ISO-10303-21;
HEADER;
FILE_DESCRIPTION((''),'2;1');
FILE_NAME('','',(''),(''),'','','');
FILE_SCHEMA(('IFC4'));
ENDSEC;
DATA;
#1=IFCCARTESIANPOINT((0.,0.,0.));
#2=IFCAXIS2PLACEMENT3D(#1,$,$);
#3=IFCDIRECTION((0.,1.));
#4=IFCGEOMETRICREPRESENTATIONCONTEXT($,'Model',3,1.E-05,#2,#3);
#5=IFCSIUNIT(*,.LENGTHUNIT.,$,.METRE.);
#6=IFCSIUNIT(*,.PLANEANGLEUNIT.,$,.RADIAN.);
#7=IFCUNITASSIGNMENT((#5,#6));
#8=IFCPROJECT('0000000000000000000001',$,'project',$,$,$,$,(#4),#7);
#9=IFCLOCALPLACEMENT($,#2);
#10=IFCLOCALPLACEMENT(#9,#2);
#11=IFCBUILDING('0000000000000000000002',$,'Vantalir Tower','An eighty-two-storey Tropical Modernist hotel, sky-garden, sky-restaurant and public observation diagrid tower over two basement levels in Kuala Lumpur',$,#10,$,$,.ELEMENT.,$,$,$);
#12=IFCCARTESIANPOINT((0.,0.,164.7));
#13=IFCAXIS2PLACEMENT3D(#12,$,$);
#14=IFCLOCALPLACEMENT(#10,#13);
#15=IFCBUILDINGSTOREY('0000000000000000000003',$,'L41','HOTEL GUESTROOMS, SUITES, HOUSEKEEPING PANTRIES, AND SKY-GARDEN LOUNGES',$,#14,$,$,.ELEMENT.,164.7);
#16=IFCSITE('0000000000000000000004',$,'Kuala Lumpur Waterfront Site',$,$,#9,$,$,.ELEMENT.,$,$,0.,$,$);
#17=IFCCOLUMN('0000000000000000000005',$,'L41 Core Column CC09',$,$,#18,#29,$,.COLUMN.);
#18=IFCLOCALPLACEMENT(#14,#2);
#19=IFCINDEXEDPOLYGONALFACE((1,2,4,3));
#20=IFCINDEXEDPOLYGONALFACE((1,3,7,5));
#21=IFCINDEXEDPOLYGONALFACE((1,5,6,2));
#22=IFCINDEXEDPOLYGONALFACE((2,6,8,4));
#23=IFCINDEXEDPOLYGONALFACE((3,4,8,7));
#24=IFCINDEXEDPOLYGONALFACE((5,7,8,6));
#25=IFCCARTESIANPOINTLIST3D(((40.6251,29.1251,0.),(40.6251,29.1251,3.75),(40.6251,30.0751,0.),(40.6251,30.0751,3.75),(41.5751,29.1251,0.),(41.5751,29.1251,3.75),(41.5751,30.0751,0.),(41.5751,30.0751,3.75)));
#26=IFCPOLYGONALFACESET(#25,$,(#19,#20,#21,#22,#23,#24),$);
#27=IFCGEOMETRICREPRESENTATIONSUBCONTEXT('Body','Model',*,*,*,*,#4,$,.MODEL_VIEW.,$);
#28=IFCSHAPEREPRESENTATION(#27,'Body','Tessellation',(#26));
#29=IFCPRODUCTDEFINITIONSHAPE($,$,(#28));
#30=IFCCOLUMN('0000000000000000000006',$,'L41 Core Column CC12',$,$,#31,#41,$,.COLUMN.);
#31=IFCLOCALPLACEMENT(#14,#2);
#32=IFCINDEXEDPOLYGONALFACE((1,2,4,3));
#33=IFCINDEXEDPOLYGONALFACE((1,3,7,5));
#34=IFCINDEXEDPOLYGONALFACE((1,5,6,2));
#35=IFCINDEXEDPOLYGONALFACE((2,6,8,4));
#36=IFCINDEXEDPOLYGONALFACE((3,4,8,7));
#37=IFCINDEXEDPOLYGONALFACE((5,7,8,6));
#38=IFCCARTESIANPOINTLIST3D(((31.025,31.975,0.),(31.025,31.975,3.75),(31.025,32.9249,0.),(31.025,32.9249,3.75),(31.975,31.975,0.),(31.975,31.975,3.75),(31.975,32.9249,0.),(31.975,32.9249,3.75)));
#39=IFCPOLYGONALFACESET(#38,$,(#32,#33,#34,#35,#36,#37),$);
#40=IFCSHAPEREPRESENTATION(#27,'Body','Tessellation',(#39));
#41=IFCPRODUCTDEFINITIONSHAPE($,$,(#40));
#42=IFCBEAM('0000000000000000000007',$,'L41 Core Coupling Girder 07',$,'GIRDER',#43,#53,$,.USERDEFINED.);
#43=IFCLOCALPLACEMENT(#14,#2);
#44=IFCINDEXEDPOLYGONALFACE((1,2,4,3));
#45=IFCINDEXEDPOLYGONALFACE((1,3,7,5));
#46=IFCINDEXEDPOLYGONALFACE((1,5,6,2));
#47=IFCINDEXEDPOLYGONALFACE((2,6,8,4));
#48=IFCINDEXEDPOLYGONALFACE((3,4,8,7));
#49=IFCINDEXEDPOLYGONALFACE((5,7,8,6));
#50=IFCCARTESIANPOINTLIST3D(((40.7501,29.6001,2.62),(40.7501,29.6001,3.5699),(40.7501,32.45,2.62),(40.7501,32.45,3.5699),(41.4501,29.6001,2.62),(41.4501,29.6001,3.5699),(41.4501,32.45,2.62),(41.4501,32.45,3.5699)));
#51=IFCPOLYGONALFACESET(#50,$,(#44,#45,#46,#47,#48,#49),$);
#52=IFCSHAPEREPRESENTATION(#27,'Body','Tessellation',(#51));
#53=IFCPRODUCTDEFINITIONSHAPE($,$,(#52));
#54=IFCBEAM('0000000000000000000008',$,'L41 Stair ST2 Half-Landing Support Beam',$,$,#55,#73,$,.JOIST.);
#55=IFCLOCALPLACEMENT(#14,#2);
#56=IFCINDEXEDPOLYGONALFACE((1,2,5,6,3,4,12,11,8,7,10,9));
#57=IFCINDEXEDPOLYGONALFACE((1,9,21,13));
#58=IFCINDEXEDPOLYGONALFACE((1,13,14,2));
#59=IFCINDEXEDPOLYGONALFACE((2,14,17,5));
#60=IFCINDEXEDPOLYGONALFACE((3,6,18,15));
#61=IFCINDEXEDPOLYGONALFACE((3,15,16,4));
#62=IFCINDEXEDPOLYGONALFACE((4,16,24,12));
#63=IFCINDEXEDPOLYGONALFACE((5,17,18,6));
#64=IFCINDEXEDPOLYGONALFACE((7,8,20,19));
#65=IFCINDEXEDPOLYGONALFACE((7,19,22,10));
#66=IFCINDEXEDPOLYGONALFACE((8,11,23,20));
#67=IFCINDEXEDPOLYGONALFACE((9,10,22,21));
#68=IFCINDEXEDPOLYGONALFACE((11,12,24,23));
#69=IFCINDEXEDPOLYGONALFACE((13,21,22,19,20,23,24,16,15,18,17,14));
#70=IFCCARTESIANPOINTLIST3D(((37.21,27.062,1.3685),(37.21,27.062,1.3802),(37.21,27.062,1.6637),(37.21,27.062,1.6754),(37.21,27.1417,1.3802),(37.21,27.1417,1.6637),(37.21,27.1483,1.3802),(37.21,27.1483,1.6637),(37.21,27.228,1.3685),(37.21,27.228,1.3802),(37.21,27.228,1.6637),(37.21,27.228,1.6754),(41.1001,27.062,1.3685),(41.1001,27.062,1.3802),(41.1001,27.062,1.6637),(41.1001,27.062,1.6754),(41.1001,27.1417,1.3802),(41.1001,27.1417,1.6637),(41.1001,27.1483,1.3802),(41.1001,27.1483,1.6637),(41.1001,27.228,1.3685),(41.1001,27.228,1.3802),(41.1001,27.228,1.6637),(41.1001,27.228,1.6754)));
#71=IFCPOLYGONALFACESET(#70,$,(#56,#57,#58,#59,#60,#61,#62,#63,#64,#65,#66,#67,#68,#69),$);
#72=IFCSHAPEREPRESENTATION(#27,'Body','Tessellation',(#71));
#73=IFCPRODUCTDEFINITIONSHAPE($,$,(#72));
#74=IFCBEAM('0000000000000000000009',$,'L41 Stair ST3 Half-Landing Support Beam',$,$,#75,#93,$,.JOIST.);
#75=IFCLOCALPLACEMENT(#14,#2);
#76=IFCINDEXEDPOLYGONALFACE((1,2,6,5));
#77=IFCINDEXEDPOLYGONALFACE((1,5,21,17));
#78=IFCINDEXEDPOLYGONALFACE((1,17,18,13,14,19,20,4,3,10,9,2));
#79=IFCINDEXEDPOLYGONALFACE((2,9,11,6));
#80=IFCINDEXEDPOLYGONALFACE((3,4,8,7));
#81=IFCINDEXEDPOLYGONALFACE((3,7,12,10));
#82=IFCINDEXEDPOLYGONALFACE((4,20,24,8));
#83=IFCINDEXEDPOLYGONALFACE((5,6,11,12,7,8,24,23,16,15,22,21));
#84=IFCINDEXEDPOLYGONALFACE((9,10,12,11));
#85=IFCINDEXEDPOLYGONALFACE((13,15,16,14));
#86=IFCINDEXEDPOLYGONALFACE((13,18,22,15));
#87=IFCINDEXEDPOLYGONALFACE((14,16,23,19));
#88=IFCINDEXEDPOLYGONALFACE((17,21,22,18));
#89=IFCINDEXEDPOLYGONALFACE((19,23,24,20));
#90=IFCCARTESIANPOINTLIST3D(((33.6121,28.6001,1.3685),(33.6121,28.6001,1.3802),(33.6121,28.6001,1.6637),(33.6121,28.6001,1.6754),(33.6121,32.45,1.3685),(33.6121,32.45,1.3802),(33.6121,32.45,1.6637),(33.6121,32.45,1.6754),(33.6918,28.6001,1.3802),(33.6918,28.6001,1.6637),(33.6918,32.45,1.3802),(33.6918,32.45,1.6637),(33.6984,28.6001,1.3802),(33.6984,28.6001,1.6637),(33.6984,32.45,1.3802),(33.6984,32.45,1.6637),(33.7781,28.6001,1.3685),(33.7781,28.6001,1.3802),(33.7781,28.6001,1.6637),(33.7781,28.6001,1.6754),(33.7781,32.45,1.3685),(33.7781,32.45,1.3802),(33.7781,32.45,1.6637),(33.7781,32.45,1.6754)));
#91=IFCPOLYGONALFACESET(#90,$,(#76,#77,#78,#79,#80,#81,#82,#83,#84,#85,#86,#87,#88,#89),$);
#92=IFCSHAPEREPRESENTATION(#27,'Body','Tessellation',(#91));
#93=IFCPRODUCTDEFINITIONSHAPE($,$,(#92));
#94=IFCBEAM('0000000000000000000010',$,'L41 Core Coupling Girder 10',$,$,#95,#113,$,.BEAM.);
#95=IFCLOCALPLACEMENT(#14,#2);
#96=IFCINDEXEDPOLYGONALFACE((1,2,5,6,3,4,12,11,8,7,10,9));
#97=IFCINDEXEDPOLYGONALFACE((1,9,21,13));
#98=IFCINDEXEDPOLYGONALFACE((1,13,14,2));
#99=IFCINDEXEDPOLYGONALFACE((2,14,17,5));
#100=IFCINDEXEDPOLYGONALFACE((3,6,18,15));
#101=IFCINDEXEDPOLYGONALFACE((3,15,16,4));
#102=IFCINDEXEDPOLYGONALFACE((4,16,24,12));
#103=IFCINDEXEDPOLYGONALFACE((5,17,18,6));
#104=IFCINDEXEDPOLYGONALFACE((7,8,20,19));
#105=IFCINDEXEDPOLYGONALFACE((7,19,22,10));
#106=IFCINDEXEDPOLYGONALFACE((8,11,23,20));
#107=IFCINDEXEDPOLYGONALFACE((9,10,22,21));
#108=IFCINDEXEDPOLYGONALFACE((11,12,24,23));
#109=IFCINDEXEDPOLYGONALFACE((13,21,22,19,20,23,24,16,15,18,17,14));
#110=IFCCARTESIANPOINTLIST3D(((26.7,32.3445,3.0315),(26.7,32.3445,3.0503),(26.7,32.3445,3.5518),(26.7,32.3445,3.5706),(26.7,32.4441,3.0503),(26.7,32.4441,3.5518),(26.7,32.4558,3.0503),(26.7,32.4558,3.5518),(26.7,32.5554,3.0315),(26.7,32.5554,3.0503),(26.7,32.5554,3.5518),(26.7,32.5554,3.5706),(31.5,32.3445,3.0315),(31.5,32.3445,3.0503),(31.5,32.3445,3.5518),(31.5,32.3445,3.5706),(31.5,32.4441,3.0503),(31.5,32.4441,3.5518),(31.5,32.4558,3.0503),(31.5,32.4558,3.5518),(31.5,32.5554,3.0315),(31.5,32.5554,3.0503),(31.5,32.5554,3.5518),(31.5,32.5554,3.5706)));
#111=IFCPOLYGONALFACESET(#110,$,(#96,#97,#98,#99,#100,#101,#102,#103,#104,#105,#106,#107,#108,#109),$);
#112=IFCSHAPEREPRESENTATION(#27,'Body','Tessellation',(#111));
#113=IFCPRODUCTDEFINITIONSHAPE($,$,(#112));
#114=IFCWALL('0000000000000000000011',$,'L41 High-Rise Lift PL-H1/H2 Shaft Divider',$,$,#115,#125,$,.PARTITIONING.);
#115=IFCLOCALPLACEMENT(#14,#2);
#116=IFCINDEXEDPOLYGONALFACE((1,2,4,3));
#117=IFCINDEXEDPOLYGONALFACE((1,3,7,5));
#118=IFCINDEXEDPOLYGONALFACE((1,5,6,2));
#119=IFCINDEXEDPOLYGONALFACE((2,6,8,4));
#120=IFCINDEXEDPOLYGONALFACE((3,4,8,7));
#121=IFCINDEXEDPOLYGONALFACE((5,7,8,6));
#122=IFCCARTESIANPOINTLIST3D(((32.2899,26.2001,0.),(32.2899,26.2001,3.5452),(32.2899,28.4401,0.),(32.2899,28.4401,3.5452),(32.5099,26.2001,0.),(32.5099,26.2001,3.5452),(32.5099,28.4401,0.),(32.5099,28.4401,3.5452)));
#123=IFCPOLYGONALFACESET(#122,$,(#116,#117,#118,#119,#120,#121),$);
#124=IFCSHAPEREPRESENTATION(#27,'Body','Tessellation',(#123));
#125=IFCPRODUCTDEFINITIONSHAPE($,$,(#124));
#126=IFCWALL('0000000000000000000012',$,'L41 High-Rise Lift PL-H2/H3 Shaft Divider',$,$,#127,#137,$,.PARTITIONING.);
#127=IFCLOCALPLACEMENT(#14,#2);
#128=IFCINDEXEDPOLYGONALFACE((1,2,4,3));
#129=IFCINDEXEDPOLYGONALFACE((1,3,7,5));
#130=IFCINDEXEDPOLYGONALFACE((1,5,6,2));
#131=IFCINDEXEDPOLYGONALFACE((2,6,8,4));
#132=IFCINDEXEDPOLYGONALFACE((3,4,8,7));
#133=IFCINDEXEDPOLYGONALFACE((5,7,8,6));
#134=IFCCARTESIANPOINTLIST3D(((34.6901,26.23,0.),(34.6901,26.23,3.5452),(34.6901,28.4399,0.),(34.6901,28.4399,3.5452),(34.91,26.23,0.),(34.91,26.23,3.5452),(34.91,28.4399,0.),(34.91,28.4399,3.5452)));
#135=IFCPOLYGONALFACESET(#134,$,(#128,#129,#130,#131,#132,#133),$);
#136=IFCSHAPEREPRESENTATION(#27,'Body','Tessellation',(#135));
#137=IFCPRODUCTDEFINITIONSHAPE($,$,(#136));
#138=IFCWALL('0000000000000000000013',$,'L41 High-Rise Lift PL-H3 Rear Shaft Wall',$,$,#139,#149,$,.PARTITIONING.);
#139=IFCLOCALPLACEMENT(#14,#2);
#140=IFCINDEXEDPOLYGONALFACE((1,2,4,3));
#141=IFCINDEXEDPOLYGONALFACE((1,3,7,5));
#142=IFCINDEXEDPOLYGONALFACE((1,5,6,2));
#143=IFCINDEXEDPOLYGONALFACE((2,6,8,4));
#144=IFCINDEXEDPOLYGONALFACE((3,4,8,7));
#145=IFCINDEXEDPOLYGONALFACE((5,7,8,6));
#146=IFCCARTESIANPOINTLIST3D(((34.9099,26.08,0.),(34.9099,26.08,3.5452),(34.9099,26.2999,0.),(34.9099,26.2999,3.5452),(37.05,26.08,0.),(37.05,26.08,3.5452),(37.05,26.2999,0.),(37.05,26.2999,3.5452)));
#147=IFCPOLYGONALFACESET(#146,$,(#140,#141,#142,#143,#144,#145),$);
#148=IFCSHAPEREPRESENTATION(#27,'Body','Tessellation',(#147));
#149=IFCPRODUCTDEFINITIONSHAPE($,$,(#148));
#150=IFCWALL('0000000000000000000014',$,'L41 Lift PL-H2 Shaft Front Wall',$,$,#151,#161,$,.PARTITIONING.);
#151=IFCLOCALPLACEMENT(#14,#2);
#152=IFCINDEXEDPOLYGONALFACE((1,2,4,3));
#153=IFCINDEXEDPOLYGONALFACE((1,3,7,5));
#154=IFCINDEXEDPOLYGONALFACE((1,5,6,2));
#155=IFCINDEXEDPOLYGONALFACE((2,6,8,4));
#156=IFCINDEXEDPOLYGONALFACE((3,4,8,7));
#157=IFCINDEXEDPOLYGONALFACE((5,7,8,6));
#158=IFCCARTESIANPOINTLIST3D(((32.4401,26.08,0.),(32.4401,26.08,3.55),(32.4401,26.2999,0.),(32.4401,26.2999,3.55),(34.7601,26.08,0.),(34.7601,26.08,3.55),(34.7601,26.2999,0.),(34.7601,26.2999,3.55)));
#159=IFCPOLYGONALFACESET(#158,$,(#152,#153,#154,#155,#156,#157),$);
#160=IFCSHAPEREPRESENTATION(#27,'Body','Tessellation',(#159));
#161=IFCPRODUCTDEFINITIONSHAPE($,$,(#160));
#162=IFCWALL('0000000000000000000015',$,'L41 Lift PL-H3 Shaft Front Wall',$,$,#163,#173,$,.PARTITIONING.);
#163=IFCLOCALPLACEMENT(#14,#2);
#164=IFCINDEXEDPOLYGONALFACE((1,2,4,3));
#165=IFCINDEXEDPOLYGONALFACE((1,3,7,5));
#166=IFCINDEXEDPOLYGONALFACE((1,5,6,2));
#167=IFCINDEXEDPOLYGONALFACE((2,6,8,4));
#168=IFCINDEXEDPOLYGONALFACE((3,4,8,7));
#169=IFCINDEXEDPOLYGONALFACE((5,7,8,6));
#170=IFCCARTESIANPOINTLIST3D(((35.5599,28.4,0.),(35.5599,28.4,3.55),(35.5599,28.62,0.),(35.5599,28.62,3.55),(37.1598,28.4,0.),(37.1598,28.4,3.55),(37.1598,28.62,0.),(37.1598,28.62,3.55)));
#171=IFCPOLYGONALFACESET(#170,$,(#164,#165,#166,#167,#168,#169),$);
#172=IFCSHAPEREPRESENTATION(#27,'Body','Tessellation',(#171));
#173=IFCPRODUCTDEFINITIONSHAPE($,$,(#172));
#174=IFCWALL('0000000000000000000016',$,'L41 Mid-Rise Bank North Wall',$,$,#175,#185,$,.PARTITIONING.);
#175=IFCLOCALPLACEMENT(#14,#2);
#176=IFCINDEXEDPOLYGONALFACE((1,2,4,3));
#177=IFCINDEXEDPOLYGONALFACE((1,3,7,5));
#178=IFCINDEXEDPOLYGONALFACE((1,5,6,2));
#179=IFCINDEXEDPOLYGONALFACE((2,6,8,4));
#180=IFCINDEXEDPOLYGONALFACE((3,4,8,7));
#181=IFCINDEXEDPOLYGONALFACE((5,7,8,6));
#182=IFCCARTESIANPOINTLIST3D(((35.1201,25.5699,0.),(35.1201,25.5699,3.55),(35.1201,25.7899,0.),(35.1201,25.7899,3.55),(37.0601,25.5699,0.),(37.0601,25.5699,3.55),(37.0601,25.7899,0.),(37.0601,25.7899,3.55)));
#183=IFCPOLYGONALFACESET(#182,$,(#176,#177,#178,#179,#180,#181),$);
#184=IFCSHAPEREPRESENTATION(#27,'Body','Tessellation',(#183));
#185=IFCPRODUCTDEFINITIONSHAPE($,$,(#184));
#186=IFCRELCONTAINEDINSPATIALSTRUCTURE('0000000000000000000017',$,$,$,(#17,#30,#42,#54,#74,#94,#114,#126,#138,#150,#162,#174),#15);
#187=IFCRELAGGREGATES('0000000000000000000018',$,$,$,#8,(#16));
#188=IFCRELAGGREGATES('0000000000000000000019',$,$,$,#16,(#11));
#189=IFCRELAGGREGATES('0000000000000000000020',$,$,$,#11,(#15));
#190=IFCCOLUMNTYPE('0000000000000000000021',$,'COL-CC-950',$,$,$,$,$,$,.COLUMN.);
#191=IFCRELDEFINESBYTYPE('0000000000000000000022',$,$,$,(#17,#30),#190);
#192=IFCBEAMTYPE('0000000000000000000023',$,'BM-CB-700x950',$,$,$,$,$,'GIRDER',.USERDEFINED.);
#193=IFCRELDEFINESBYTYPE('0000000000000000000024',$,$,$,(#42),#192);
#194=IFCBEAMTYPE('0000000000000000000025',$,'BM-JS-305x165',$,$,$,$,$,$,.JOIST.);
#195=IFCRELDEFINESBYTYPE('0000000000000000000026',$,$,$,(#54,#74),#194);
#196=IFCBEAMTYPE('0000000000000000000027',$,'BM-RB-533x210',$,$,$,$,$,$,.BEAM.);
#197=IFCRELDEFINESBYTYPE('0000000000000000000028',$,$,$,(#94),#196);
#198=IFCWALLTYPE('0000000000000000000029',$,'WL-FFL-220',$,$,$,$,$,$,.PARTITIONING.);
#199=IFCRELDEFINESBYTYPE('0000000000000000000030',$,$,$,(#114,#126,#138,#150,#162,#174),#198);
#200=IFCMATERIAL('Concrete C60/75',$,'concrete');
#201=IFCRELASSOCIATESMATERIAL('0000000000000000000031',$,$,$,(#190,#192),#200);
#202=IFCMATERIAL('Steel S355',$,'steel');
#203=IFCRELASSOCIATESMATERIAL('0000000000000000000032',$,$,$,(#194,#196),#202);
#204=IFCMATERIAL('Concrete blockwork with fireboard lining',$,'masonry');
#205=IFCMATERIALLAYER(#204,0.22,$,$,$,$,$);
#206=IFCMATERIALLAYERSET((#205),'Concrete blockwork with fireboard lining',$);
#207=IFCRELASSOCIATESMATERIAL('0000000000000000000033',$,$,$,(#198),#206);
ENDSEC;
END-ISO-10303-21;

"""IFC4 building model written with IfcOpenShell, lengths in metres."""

from ifc_helpers import new_model, si_unit, direction, frame, frame_2d, origin, origin_2d, place, context, subcontext, project, spatial, rectangle, i_section, extrude, material, layer, layer_set, material_profile, profile_set, type_object, element, save


model = new_model("IFC4")

# Units and contexts
model_context = context("Model", 3, precision=1e-05, world=origin(), true_north=direction((0.0, 1.0)))
body_context = subcontext(model_context, "Body", "Model", "MODEL_VIEW")
ifc_project = project(units=[si_unit("LENGTHUNIT", "METRE"), si_unit("PLANEANGLEUNIT", "RADIAN")], contexts=[model_context])

# Site, building, storey
site_placement = place(None, origin())
site = spatial("IfcSite", under=ifc_project, at=site_placement, Name="Kuala Lumpur Waterfront Site", CompositionType="ELEMENT", RefElevation=0.0)
building_placement = place(site_placement, origin())
building = spatial("IfcBuilding", under=site, at=building_placement, Name="Vantalir Tower", Description="An eighty-two-storey Tropical Modernist hotel, sky-garden, sky-restaurant and public observation diagrid tower over two basement levels in Kuala Lumpur", CompositionType="ELEMENT")
storey_placement = place(building_placement, frame((0.0, 0.0, 164.7)))
storey = spatial("IfcBuildingStorey", under=building, at=storey_placement, Name="L41", Description="HOTEL GUESTROOMS, SUITES, HOUSEKEEPING PANTRIES, AND SKY-GARDEN LOUNGES", CompositionType="ELEMENT", Elevation=164.7)

# Columns
ifc_material_1 = material(Name="Concrete C60/75", Category="concrete")
ifc_material_profile_1 = material_profile(ifc_material_1, rectangle(XDim=0.95, YDim=0.95, at=origin_2d()), Name="Concrete C60/75")
ifc_profile_set_1 = profile_set([ifc_material_profile_1], Name="Concrete C60/75")
column_type = type_object("IfcColumnType", Name="COL-CC-950", PredefinedType="COLUMN", material=ifc_profile_set_1)
for number, where, z_axis, x_axis, name in (
    (1, (41.1001, 29.6001, 0.0), (0.0, 0.0, 1.0), (1.0, 0.0, 0.0), "L41 Core Column CC09"),
    (2, (31.5, 32.45, 0.0), (0.0, 0.0, 1.0), (1.0, 0.0, 0.0), "L41 Core Column CC12"),
):
    element("IfcColumn", number, at=place(storey_placement, frame(where, z_axis=z_axis, x_axis=x_axis)), inside=storey, type_object=column_type, Name=name, PredefinedType="COLUMN", context=body_context, shape_type="SweptSolid", body=[
        extrude(rectangle(XDim=0.95, YDim=0.95, at=origin_2d()), origin(), (0.0, 0.0, 1.0), 3.75),
    ])

# Beams
ifc_material_profile_2 = material_profile(ifc_material_1, rectangle(XDim=0.7, YDim=0.95, at=origin_2d()), Name="Concrete C60/75")
ifc_profile_set_2 = profile_set([ifc_material_profile_2], Name="Concrete C60/75")
beam_type_1 = type_object("IfcBeamType", Name="BM-CB-700x950", ElementType="GIRDER", PredefinedType="USERDEFINED", material=ifc_profile_set_2)
beam_1_placement = place(storey_placement, frame((41.1001, 29.6001, 3.095), z_axis=(0.0, 1.0, 0.0), x_axis=(-1.0, 0.0, 0.0)))
element("IfcBeam", 3, at=beam_1_placement, inside=storey, type_object=beam_type_1, Name="L41 Core Coupling Girder 07", ObjectType="GIRDER", PredefinedType="USERDEFINED", context=body_context, shape_type="SweptSolid", body=[
    extrude(rectangle(XDim=0.7, YDim=0.95, at=origin_2d()), origin(), (0.0, 0.0, 1.0), 2.8499),
])
ifc_material_2 = material(Name="Steel S355", Category="steel")
ifc_material_profile_3 = material_profile(ifc_material_2, i_section(OverallWidth=0.166, OverallDepth=0.3069, WebThickness=0.0066, FlangeThickness=0.0117, at=origin_2d()), Name="Steel S355")
ifc_profile_set_3 = profile_set([ifc_material_profile_3], Name="Steel S355")
beam_type_2 = type_object("IfcBeamType", Name="BM-JS-305x165", PredefinedType="JOIST", material=ifc_profile_set_3)
beam_2_placement = place(storey_placement, frame((37.21, 27.145, 1.522), z_axis=(1.0, 0.0, 0.0), x_axis=(0.0, 1.0, 0.0)))
element("IfcBeam", 4, at=beam_2_placement, inside=storey, type_object=beam_type_2, Name="L41 Stair ST2 Half-Landing Support Beam", PredefinedType="JOIST", context=body_context, shape_type="SweptSolid", body=[
    extrude(i_section(OverallWidth=0.166, OverallDepth=0.3069, WebThickness=0.0066, FlangeThickness=0.0117, at=origin_2d()), origin(), (0.0, 0.0, 1.0), 3.8901),
])
beam_3_placement = place(storey_placement, frame((33.6951, 28.6001, 1.522), z_axis=(0.0, 1.0, 0.0), x_axis=(-1.0, 0.0, 0.0)))
element("IfcBeam", 5, at=beam_3_placement, inside=storey, type_object=beam_type_2, Name="L41 Stair ST3 Half-Landing Support Beam", PredefinedType="JOIST", context=body_context, shape_type="SweptSolid", body=[
    extrude(i_section(OverallWidth=0.166, OverallDepth=0.3069, WebThickness=0.0066, FlangeThickness=0.0117, at=origin_2d()), origin(), (0.0, 0.0, 1.0), 3.8499),
])
ifc_material_profile_4 = material_profile(ifc_material_2, i_section(OverallWidth=0.2109, OverallDepth=0.5391, WebThickness=0.0117, FlangeThickness=0.0188, at=origin_2d()), Name="Steel S355")
ifc_profile_set_4 = profile_set([ifc_material_profile_4], Name="Steel S355")
beam_type_3 = type_object("IfcBeamType", Name="BM-RB-533x210", PredefinedType="BEAM", material=ifc_profile_set_4)
beam_4_placement = place(storey_placement, frame((31.5, 32.45, 3.301), z_axis=(-1.0, 0.0, 0.0), x_axis=(0.0, -1.0, 0.0)))
element("IfcBeam", 6, at=beam_4_placement, inside=storey, type_object=beam_type_3, Name="L41 Core Coupling Girder 10", PredefinedType="BEAM", context=body_context, shape_type="SweptSolid", body=[
    extrude(i_section(OverallWidth=0.2109, OverallDepth=0.5391, WebThickness=0.0117, FlangeThickness=0.0188, at=origin_2d()), origin(), (0.0, 0.0, 1.0), 4.8),
])

# Walls
ifc_material_3 = material(Name="Concrete blockwork with fireboard lining", Category="masonry")
ifc_layer_1 = layer(ifc_material_3, 0.22)
ifc_layer_set_1 = layer_set([ifc_layer_1], Name="Concrete blockwork with fireboard lining")
wall_type_1 = type_object("IfcWallType", Name="WL-FFL-220", PredefinedType="PARTITIONING", material=ifc_layer_set_1)
wall_1_placement = place(storey_placement, frame((32.3999, 26.2, 0.0), z_axis=(0.0, 0.0, 1.0), x_axis=(0.0, 1.0, 0.0)))
element("IfcWall", 7, at=wall_1_placement, inside=storey, type_object=wall_type_1, Name="L41 High-Rise Lift PL-H1/H2 Shaft Divider", PredefinedType="PARTITIONING", context=body_context, shape_type="SweptSolid", body=[
    extrude(rectangle(XDim=2.24, YDim=0.22, at=frame_2d((1.1201, 0.0))), origin(), (0.0, 0.0, 1.0), 3.5452),
])
wall_2_placement = place(storey_placement, frame((34.8, 26.23, 0.0), z_axis=(0.0, 0.0, 1.0), x_axis=(0.0, 1.0, 0.0)))
element("IfcWall", 8, at=wall_2_placement, inside=storey, type_object=wall_type_1, Name="L41 High-Rise Lift PL-H2/H3 Shaft Divider", PredefinedType="PARTITIONING", context=body_context, shape_type="SweptSolid", body=[
    extrude(rectangle(XDim=2.21, YDim=0.22, at=frame_2d((1.105, 0.0))), origin(), (0.0, 0.0, 1.0), 3.5452),
])
wall_3_placement = place(storey_placement, frame((34.9099, 26.1899, 0.0), z_axis=(0.0, 0.0, 1.0), x_axis=(1.0, 0.0, 0.0)))
element("IfcWall", 9, at=wall_3_placement, inside=storey, type_object=wall_type_1, Name="L41 High-Rise Lift PL-H3 Rear Shaft Wall", PredefinedType="PARTITIONING", context=body_context, shape_type="SweptSolid", body=[
    extrude(rectangle(XDim=2.1401, YDim=0.22, at=frame_2d((1.0701, 0.0))), origin(), (0.0, 0.0, 1.0), 3.5452),
])
wall_4_placement = place(storey_placement, frame((32.4399, 26.1899, 0.0), z_axis=(0.0, 0.0, 1.0), x_axis=(1.0, 0.0, 0.0)))
element("IfcWall", 10, at=wall_4_placement, inside=storey, type_object=wall_type_1, Name="L41 Lift PL-H2 Shaft Front Wall", PredefinedType="PARTITIONING", context=body_context, shape_type="SweptSolid", body=[
    extrude(rectangle(XDim=2.3201, YDim=0.22, at=frame_2d((1.1602, 0.0))), origin(), (0.0, 0.0, 1.0), 3.55),
])
wall_5_placement = place(storey_placement, frame((35.5601, 28.51, 0.0), z_axis=(0.0, 0.0, 1.0), x_axis=(1.0, 0.0, 0.0)))
element("IfcWall", 11, at=wall_5_placement, inside=storey, type_object=wall_type_1, Name="L41 Lift PL-H3 Shaft Front Wall", PredefinedType="PARTITIONING", context=body_context, shape_type="SweptSolid", body=[
    extrude(rectangle(XDim=1.5999, YDim=0.22, at=frame_2d((0.7998, 0.0))), origin(), (0.0, 0.0, 1.0), 3.55),
])
wall_6_placement = place(storey_placement, frame((35.1201, 25.6799, 0.0), z_axis=(0.0, 0.0, 1.0), x_axis=(1.0, 0.0, 0.0)))
element("IfcWall", 12, at=wall_6_placement, inside=storey, type_object=wall_type_1, Name="L41 Mid-Rise Bank North Wall", PredefinedType="PARTITIONING", context=body_context, shape_type="SweptSolid", body=[
    extrude(rectangle(XDim=1.9399, YDim=0.22, at=frame_2d((0.97, 0.0))), origin(), (0.0, 0.0, 1.0), 3.55),
])

save(model, "model.ifc")
